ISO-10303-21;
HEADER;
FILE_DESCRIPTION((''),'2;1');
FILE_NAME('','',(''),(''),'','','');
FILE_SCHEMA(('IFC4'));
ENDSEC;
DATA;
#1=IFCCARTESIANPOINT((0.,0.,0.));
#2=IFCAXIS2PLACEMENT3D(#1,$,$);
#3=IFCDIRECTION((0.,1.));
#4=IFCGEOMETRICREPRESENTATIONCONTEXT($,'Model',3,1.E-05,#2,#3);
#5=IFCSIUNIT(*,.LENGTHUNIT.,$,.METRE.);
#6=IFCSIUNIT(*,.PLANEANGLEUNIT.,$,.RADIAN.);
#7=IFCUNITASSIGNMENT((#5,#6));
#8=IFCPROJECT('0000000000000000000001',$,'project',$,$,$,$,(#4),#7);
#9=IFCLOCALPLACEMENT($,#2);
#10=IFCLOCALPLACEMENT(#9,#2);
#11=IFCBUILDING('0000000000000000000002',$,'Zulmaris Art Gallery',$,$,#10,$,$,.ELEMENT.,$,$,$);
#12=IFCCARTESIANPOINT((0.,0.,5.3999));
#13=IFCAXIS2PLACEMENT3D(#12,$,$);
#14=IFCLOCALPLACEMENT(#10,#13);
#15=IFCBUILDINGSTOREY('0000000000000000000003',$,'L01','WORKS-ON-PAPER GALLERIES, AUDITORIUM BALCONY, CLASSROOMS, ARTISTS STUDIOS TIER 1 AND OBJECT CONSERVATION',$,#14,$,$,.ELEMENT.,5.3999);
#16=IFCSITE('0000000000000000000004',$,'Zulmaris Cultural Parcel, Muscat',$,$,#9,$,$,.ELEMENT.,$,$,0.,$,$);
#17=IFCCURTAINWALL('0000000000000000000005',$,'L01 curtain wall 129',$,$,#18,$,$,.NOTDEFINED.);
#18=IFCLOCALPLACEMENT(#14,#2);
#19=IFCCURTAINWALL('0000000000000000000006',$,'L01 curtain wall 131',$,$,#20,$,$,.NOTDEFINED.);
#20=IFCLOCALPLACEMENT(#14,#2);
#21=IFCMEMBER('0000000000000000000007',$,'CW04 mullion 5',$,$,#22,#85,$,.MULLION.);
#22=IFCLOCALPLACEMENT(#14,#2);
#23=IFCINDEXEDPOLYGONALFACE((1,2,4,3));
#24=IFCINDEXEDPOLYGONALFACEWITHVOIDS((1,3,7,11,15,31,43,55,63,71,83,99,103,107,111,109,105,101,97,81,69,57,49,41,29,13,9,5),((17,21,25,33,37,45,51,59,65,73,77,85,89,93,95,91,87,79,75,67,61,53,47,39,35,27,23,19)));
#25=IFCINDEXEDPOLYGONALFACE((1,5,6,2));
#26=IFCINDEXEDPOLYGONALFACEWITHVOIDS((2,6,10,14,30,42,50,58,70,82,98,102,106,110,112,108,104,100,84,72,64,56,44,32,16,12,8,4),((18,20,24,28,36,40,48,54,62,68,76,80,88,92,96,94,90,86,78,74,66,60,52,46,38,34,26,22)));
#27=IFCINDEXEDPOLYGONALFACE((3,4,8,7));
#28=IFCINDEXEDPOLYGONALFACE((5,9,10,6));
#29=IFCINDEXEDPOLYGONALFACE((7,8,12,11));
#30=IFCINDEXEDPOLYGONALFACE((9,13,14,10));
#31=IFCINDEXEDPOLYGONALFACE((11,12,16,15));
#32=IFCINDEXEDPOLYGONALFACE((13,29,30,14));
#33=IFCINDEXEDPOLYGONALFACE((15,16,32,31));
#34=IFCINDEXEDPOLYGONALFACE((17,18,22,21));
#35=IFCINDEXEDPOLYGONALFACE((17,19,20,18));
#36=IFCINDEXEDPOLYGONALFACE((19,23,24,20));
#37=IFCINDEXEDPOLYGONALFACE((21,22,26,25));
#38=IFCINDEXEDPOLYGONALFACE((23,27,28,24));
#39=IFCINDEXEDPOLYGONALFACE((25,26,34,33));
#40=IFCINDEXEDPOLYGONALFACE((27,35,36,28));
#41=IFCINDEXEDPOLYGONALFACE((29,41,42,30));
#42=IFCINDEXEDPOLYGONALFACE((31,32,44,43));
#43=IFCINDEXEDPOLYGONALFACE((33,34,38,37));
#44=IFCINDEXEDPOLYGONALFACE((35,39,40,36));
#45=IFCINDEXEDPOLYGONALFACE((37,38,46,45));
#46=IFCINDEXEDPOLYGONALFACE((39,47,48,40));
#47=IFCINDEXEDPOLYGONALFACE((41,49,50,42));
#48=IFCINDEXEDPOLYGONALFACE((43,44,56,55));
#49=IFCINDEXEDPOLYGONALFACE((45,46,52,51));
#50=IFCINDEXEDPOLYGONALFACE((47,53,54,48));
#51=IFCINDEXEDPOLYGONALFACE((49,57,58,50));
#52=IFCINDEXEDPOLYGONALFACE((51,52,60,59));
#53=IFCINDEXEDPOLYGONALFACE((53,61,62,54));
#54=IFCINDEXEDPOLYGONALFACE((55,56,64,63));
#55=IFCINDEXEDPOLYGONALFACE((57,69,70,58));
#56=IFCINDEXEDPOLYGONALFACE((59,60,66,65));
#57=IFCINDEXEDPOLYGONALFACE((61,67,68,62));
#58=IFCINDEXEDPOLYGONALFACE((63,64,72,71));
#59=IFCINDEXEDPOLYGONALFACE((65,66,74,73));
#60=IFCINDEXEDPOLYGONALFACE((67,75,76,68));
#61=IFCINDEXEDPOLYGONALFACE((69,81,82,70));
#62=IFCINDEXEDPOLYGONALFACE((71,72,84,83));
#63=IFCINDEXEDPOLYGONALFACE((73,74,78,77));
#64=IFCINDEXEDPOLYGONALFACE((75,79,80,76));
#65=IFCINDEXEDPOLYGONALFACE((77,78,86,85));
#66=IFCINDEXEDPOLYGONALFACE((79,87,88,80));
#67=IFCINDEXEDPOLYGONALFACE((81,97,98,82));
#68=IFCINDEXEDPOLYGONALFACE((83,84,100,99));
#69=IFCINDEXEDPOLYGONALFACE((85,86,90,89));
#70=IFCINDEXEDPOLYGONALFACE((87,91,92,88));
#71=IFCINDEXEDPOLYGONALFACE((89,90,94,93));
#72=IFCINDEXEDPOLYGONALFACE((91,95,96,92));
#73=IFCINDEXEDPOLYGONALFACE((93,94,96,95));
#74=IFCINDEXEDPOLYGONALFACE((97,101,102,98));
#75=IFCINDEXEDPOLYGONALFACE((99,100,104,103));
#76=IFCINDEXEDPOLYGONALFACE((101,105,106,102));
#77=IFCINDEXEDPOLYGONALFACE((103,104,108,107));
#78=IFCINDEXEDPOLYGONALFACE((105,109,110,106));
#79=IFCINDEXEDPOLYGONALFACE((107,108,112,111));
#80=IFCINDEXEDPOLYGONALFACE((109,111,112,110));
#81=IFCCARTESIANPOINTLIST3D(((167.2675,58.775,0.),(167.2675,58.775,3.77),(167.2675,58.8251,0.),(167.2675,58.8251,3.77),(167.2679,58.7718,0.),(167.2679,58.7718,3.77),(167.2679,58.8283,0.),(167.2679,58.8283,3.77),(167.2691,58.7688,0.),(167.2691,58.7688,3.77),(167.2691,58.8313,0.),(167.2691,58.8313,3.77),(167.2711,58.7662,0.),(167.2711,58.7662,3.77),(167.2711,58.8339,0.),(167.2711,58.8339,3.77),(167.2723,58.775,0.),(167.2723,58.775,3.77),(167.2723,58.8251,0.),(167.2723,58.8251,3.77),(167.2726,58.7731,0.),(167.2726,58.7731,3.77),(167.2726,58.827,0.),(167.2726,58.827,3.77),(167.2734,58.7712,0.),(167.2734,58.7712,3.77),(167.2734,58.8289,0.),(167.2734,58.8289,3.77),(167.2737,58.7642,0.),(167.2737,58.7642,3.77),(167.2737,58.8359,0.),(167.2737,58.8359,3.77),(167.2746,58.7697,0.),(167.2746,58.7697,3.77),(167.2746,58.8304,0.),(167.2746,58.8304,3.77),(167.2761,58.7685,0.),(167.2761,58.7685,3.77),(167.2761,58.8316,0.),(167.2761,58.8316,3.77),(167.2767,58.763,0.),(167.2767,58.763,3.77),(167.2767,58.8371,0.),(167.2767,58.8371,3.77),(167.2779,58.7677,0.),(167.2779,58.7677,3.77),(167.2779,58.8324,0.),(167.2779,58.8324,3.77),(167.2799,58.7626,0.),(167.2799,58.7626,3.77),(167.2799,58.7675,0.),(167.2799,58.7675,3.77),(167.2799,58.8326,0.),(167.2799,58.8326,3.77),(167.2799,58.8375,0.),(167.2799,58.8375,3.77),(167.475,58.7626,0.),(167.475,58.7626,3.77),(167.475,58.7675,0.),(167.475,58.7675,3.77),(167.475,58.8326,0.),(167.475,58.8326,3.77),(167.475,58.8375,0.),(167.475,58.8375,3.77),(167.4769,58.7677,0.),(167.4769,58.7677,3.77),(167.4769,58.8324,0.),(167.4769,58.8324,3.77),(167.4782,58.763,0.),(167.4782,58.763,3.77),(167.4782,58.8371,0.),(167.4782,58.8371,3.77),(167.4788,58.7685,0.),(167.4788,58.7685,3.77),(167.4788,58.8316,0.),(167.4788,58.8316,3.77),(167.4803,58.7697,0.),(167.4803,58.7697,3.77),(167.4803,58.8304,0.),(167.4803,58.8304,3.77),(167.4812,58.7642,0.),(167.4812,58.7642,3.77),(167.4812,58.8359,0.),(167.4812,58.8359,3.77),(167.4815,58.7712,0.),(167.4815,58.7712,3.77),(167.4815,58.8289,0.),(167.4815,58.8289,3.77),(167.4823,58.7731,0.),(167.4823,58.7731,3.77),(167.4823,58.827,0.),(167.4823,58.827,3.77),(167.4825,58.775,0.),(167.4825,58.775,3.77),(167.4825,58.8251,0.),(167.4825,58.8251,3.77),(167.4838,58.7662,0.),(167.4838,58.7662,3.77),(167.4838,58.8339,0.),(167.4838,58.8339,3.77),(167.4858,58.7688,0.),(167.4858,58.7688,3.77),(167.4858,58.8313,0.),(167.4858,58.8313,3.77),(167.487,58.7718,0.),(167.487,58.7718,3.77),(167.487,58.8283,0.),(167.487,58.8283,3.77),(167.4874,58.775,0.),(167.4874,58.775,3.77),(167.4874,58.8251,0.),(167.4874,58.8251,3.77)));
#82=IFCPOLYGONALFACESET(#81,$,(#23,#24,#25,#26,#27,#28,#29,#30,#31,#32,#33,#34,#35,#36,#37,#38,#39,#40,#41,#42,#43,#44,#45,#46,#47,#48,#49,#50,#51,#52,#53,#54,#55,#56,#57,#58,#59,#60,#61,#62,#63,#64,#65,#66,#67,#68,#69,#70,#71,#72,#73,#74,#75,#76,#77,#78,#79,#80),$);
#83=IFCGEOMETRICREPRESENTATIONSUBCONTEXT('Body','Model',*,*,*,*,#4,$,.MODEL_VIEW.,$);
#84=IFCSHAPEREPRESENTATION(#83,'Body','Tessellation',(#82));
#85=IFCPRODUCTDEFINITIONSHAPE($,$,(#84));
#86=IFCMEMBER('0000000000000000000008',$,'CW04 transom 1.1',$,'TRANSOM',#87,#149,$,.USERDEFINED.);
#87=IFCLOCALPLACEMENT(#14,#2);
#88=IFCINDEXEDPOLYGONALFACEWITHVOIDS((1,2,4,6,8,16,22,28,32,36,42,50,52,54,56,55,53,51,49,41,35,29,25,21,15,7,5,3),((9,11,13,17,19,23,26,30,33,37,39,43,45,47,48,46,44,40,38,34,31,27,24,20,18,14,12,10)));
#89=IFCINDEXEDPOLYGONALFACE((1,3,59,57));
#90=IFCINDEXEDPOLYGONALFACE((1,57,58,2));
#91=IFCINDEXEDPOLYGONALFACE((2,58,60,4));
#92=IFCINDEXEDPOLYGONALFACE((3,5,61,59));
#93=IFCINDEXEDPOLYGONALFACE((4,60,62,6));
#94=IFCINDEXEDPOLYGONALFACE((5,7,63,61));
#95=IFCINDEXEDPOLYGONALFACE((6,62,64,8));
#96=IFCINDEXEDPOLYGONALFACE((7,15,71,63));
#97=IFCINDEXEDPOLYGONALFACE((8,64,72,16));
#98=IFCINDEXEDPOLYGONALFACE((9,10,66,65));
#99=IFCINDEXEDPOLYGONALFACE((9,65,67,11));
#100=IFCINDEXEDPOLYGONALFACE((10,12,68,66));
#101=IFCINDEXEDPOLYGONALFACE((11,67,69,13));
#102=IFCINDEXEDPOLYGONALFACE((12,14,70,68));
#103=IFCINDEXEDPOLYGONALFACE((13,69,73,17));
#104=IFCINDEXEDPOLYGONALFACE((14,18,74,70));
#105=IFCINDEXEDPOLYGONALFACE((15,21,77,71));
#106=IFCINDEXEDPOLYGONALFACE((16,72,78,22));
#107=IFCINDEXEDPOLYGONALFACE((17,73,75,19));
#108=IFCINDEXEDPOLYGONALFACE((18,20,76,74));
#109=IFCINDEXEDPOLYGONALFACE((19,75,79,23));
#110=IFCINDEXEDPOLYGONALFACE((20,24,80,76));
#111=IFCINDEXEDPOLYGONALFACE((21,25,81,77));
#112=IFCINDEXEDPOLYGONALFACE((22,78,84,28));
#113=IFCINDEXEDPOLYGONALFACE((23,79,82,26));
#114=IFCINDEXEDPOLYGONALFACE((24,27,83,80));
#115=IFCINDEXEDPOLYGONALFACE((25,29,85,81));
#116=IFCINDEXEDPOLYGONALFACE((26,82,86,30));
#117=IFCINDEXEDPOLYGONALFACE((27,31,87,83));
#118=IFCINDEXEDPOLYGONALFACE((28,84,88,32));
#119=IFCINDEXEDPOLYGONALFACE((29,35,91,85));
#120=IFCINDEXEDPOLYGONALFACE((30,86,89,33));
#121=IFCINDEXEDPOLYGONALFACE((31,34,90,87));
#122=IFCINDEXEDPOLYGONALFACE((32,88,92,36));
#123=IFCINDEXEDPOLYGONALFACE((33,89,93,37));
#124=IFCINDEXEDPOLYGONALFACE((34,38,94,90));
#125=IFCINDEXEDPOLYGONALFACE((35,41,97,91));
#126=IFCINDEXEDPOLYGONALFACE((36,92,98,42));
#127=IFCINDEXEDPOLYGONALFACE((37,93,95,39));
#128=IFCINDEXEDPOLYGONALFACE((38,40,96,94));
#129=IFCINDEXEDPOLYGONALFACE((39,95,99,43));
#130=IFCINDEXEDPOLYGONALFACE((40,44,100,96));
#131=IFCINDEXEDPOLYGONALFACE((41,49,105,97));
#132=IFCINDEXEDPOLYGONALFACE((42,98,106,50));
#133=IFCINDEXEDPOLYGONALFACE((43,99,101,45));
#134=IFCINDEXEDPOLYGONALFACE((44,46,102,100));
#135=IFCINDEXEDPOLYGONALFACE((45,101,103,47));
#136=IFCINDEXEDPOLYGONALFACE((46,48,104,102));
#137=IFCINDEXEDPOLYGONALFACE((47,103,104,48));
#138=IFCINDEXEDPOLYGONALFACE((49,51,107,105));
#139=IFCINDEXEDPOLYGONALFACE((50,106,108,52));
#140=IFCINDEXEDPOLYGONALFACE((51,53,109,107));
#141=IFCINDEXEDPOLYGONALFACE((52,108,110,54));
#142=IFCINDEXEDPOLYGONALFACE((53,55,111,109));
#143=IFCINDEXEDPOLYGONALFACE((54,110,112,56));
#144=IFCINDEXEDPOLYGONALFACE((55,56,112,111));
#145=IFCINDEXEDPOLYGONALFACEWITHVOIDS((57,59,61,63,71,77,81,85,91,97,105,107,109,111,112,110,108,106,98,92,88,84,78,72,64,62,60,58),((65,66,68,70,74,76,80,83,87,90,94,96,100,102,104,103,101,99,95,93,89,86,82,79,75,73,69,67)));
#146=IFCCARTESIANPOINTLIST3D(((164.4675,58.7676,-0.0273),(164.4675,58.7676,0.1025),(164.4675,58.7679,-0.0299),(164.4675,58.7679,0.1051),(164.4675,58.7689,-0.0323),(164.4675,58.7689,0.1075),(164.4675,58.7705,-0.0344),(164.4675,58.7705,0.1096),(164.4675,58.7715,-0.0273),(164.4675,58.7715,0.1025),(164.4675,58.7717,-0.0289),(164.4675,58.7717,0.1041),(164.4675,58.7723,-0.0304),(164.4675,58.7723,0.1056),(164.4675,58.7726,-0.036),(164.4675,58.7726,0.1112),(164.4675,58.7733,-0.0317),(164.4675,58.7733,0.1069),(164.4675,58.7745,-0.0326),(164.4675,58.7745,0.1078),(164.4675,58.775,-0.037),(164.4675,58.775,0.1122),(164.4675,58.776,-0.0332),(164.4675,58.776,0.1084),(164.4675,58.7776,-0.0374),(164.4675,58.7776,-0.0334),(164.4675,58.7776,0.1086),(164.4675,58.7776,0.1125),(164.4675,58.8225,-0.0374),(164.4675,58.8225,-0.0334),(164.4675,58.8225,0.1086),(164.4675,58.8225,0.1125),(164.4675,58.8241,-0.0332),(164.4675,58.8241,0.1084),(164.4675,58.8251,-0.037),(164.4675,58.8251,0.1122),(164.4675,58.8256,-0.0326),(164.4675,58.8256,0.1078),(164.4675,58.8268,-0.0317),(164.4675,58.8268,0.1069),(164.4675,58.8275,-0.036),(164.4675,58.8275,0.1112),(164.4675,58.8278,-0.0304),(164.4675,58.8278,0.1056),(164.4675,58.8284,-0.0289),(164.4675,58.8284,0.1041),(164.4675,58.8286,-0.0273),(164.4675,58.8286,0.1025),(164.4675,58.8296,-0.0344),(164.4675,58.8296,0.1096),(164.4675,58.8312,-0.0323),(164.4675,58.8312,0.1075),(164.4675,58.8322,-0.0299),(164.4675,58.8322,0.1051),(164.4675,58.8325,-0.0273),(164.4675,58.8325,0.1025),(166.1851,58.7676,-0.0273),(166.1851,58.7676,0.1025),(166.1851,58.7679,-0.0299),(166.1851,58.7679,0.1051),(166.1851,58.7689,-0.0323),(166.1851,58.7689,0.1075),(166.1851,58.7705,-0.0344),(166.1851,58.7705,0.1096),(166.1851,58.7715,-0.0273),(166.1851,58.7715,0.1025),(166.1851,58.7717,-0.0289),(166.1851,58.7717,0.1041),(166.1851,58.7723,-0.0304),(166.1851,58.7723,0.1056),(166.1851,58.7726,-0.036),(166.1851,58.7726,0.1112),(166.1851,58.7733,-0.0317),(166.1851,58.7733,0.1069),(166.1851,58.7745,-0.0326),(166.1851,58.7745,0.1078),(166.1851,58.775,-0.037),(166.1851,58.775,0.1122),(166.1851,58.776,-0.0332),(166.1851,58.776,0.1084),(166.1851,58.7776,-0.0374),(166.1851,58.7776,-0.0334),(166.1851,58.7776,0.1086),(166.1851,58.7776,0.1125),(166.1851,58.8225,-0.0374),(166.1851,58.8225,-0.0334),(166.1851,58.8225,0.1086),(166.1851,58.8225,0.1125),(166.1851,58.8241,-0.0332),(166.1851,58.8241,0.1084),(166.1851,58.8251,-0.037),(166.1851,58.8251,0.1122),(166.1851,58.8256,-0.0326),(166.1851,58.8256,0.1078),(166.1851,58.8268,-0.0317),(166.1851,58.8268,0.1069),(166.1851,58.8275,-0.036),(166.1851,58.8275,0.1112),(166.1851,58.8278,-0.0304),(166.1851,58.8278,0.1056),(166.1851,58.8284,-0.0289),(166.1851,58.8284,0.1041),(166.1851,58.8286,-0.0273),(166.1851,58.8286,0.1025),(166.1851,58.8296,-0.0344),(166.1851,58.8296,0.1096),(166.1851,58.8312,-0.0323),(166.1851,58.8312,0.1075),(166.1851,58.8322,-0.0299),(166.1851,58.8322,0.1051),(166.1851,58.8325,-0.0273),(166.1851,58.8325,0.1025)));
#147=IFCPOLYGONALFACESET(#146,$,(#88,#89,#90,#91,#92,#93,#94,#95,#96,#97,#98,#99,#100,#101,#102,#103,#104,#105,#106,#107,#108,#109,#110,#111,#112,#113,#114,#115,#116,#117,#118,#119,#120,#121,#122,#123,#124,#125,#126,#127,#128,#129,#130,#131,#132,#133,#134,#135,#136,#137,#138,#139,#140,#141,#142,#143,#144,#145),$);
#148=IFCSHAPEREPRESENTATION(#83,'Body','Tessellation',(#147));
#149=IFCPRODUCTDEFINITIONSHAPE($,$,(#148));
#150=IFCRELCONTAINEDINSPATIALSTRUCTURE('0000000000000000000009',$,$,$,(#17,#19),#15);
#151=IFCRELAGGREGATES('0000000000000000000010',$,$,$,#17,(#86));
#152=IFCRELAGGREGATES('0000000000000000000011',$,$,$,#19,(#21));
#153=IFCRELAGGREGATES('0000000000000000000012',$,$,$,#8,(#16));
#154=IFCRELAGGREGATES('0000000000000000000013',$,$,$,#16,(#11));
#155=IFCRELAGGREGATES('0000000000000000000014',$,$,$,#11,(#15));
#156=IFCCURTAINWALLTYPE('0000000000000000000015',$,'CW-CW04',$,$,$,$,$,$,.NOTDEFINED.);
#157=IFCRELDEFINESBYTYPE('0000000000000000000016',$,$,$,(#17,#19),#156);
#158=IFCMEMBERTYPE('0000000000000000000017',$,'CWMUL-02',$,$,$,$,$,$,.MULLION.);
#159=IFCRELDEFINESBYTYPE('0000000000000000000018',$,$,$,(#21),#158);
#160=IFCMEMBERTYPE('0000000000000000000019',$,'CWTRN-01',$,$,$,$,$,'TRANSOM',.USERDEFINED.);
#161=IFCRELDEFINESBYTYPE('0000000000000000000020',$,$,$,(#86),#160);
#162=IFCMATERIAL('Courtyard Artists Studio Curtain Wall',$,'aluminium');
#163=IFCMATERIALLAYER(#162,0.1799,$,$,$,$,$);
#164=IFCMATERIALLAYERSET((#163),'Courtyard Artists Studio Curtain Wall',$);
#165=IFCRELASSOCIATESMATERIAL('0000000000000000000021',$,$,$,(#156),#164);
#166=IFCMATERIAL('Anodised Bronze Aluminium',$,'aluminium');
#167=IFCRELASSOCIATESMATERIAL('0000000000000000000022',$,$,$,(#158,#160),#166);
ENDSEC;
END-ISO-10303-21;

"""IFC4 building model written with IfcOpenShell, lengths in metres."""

from ifc_helpers import new_model, si_unit, direction, frame, origin, origin_2d, place, context, subcontext, project, spatial, hollow_rectangle, extrude, material, layer, layer_set, material_profile, profile_set, type_object, element, aggregate, save


model = new_model("IFC4")

# Units and contexts
model_context = context("Model", 3, precision=1e-05, world=origin(), true_north=direction((0.0, 1.0)))
body_context = subcontext(model_context, "Body", "Model", "MODEL_VIEW")
ifc_project = project(units=[si_unit("LENGTHUNIT", "METRE"), si_unit("PLANEANGLEUNIT", "RADIAN")], contexts=[model_context])

# Site, building, storey
site_placement = place(None, origin())
site = spatial("IfcSite", under=ifc_project, at=site_placement, Name="Zulmaris Cultural Parcel, Muscat", CompositionType="ELEMENT", RefElevation=0.0)
building_placement = place(site_placement, origin())
building = spatial("IfcBuilding", under=site, at=building_placement, Name="Zulmaris Art Gallery", CompositionType="ELEMENT")
storey_placement = place(building_placement, frame((0.0, 0.0, 5.3999)))
storey = spatial("IfcBuildingStorey", under=building, at=storey_placement, Name="L01", Description="WORKS-ON-PAPER GALLERIES, AUDITORIUM BALCONY, CLASSROOMS, ARTISTS STUDIOS TIER 1 AND OBJECT CONSERVATION", CompositionType="ELEMENT", Elevation=5.3999)

# Curtain walls, member
ifc_material_1 = material(Name="Courtyard Artists Studio Curtain Wall", Category="aluminium")
ifc_layer_1 = layer(ifc_material_1, 0.1799)
ifc_layer_set_1 = layer_set([ifc_layer_1], Name="Courtyard Artists Studio Curtain Wall")
curtain_wall_type = type_object("IfcCurtainWallType", Name="CW-CW04", PredefinedType="NOTDEFINED", material=ifc_layer_set_1)
curtain_wall_1_placement = place(storey_placement, origin())
curtain_wall_1 = element("IfcCurtainWall", 1, at=curtain_wall_1_placement, inside=storey, type_object=curtain_wall_type, Name="L01 curtain wall 129", PredefinedType="NOTDEFINED")
ifc_material_2 = material(Name="Anodised Bronze Aluminium", Category="aluminium")
ifc_material_profile_1 = material_profile(ifc_material_2, hollow_rectangle(XDim=0.075, YDim=0.22, WallThickness=0.0049, InnerFilletRadius=0.0076, OuterFilletRadius=0.0125, at=origin_2d()), Name="ALU 75x220x5")
ifc_profile_set_1 = profile_set([ifc_material_profile_1], Name="Anodised Bronze Aluminium")
member_type_1 = type_object("IfcMemberType", Name="CWMUL-02", PredefinedType="MULLION", material=ifc_profile_set_1)
curtain_wall_2_placement = place(storey_placement, origin())
curtain_wall_2 = element("IfcCurtainWall", 2, at=curtain_wall_2_placement, inside=storey, type_object=curtain_wall_type, Name="L01 curtain wall 131", PredefinedType="NOTDEFINED")
member_1_placement = place(storey_placement, frame((167.3774, 58.8, 0.0), z_axis=(0.0, 0.0, 1.0), x_axis=(0.0, -1.0, 0.0)))
member_1 = element("IfcMember", 3, at=member_1_placement, type_object=member_type_1, Name="CW04 mullion 5", PredefinedType="MULLION", context=body_context, shape_type="SweptSolid", body=[
    extrude(hollow_rectangle(XDim=0.075, YDim=0.22, WallThickness=0.0049, InnerFilletRadius=0.0076, OuterFilletRadius=0.0125, at=origin_2d()), origin(), (0.0, 0.0, 1.0), 3.77),
])

# Member
ifc_material_profile_2 = material_profile(ifc_material_2, hollow_rectangle(XDim=0.0649, YDim=0.1499, WallThickness=0.0039, InnerFilletRadius=0.0061, OuterFilletRadius=0.01, at=origin_2d()), Name="ALU 65x150x4")
ifc_profile_set_2 = profile_set([ifc_material_profile_2], Name="Anodised Bronze Aluminium")
member_type_2 = type_object("IfcMemberType", Name="CWTRN-01", ElementType="TRANSOM", PredefinedType="USERDEFINED", material=ifc_profile_set_2)
member_2_placement = place(storey_placement, frame((166.1851, 58.8, 0.0376), z_axis=(-1.0, 0.0, 0.0), x_axis=(0.0, -1.0, 0.0)))
member_2 = element("IfcMember", 4, at=member_2_placement, type_object=member_type_2, Name="CW04 transom 1.1", ObjectType="TRANSOM", PredefinedType="USERDEFINED", context=body_context, shape_type="SweptSolid", body=[
    extrude(hollow_rectangle(XDim=0.0649, YDim=0.1499, WallThickness=0.0039, InnerFilletRadius=0.0061, OuterFilletRadius=0.01, at=origin_2d()), origin(), (0.0, 0.0, 1.0), 1.7175),
])

aggregate(curtain_wall_1, [member_2])
aggregate(curtain_wall_2, [member_1])

save(model, "model.ifc")
